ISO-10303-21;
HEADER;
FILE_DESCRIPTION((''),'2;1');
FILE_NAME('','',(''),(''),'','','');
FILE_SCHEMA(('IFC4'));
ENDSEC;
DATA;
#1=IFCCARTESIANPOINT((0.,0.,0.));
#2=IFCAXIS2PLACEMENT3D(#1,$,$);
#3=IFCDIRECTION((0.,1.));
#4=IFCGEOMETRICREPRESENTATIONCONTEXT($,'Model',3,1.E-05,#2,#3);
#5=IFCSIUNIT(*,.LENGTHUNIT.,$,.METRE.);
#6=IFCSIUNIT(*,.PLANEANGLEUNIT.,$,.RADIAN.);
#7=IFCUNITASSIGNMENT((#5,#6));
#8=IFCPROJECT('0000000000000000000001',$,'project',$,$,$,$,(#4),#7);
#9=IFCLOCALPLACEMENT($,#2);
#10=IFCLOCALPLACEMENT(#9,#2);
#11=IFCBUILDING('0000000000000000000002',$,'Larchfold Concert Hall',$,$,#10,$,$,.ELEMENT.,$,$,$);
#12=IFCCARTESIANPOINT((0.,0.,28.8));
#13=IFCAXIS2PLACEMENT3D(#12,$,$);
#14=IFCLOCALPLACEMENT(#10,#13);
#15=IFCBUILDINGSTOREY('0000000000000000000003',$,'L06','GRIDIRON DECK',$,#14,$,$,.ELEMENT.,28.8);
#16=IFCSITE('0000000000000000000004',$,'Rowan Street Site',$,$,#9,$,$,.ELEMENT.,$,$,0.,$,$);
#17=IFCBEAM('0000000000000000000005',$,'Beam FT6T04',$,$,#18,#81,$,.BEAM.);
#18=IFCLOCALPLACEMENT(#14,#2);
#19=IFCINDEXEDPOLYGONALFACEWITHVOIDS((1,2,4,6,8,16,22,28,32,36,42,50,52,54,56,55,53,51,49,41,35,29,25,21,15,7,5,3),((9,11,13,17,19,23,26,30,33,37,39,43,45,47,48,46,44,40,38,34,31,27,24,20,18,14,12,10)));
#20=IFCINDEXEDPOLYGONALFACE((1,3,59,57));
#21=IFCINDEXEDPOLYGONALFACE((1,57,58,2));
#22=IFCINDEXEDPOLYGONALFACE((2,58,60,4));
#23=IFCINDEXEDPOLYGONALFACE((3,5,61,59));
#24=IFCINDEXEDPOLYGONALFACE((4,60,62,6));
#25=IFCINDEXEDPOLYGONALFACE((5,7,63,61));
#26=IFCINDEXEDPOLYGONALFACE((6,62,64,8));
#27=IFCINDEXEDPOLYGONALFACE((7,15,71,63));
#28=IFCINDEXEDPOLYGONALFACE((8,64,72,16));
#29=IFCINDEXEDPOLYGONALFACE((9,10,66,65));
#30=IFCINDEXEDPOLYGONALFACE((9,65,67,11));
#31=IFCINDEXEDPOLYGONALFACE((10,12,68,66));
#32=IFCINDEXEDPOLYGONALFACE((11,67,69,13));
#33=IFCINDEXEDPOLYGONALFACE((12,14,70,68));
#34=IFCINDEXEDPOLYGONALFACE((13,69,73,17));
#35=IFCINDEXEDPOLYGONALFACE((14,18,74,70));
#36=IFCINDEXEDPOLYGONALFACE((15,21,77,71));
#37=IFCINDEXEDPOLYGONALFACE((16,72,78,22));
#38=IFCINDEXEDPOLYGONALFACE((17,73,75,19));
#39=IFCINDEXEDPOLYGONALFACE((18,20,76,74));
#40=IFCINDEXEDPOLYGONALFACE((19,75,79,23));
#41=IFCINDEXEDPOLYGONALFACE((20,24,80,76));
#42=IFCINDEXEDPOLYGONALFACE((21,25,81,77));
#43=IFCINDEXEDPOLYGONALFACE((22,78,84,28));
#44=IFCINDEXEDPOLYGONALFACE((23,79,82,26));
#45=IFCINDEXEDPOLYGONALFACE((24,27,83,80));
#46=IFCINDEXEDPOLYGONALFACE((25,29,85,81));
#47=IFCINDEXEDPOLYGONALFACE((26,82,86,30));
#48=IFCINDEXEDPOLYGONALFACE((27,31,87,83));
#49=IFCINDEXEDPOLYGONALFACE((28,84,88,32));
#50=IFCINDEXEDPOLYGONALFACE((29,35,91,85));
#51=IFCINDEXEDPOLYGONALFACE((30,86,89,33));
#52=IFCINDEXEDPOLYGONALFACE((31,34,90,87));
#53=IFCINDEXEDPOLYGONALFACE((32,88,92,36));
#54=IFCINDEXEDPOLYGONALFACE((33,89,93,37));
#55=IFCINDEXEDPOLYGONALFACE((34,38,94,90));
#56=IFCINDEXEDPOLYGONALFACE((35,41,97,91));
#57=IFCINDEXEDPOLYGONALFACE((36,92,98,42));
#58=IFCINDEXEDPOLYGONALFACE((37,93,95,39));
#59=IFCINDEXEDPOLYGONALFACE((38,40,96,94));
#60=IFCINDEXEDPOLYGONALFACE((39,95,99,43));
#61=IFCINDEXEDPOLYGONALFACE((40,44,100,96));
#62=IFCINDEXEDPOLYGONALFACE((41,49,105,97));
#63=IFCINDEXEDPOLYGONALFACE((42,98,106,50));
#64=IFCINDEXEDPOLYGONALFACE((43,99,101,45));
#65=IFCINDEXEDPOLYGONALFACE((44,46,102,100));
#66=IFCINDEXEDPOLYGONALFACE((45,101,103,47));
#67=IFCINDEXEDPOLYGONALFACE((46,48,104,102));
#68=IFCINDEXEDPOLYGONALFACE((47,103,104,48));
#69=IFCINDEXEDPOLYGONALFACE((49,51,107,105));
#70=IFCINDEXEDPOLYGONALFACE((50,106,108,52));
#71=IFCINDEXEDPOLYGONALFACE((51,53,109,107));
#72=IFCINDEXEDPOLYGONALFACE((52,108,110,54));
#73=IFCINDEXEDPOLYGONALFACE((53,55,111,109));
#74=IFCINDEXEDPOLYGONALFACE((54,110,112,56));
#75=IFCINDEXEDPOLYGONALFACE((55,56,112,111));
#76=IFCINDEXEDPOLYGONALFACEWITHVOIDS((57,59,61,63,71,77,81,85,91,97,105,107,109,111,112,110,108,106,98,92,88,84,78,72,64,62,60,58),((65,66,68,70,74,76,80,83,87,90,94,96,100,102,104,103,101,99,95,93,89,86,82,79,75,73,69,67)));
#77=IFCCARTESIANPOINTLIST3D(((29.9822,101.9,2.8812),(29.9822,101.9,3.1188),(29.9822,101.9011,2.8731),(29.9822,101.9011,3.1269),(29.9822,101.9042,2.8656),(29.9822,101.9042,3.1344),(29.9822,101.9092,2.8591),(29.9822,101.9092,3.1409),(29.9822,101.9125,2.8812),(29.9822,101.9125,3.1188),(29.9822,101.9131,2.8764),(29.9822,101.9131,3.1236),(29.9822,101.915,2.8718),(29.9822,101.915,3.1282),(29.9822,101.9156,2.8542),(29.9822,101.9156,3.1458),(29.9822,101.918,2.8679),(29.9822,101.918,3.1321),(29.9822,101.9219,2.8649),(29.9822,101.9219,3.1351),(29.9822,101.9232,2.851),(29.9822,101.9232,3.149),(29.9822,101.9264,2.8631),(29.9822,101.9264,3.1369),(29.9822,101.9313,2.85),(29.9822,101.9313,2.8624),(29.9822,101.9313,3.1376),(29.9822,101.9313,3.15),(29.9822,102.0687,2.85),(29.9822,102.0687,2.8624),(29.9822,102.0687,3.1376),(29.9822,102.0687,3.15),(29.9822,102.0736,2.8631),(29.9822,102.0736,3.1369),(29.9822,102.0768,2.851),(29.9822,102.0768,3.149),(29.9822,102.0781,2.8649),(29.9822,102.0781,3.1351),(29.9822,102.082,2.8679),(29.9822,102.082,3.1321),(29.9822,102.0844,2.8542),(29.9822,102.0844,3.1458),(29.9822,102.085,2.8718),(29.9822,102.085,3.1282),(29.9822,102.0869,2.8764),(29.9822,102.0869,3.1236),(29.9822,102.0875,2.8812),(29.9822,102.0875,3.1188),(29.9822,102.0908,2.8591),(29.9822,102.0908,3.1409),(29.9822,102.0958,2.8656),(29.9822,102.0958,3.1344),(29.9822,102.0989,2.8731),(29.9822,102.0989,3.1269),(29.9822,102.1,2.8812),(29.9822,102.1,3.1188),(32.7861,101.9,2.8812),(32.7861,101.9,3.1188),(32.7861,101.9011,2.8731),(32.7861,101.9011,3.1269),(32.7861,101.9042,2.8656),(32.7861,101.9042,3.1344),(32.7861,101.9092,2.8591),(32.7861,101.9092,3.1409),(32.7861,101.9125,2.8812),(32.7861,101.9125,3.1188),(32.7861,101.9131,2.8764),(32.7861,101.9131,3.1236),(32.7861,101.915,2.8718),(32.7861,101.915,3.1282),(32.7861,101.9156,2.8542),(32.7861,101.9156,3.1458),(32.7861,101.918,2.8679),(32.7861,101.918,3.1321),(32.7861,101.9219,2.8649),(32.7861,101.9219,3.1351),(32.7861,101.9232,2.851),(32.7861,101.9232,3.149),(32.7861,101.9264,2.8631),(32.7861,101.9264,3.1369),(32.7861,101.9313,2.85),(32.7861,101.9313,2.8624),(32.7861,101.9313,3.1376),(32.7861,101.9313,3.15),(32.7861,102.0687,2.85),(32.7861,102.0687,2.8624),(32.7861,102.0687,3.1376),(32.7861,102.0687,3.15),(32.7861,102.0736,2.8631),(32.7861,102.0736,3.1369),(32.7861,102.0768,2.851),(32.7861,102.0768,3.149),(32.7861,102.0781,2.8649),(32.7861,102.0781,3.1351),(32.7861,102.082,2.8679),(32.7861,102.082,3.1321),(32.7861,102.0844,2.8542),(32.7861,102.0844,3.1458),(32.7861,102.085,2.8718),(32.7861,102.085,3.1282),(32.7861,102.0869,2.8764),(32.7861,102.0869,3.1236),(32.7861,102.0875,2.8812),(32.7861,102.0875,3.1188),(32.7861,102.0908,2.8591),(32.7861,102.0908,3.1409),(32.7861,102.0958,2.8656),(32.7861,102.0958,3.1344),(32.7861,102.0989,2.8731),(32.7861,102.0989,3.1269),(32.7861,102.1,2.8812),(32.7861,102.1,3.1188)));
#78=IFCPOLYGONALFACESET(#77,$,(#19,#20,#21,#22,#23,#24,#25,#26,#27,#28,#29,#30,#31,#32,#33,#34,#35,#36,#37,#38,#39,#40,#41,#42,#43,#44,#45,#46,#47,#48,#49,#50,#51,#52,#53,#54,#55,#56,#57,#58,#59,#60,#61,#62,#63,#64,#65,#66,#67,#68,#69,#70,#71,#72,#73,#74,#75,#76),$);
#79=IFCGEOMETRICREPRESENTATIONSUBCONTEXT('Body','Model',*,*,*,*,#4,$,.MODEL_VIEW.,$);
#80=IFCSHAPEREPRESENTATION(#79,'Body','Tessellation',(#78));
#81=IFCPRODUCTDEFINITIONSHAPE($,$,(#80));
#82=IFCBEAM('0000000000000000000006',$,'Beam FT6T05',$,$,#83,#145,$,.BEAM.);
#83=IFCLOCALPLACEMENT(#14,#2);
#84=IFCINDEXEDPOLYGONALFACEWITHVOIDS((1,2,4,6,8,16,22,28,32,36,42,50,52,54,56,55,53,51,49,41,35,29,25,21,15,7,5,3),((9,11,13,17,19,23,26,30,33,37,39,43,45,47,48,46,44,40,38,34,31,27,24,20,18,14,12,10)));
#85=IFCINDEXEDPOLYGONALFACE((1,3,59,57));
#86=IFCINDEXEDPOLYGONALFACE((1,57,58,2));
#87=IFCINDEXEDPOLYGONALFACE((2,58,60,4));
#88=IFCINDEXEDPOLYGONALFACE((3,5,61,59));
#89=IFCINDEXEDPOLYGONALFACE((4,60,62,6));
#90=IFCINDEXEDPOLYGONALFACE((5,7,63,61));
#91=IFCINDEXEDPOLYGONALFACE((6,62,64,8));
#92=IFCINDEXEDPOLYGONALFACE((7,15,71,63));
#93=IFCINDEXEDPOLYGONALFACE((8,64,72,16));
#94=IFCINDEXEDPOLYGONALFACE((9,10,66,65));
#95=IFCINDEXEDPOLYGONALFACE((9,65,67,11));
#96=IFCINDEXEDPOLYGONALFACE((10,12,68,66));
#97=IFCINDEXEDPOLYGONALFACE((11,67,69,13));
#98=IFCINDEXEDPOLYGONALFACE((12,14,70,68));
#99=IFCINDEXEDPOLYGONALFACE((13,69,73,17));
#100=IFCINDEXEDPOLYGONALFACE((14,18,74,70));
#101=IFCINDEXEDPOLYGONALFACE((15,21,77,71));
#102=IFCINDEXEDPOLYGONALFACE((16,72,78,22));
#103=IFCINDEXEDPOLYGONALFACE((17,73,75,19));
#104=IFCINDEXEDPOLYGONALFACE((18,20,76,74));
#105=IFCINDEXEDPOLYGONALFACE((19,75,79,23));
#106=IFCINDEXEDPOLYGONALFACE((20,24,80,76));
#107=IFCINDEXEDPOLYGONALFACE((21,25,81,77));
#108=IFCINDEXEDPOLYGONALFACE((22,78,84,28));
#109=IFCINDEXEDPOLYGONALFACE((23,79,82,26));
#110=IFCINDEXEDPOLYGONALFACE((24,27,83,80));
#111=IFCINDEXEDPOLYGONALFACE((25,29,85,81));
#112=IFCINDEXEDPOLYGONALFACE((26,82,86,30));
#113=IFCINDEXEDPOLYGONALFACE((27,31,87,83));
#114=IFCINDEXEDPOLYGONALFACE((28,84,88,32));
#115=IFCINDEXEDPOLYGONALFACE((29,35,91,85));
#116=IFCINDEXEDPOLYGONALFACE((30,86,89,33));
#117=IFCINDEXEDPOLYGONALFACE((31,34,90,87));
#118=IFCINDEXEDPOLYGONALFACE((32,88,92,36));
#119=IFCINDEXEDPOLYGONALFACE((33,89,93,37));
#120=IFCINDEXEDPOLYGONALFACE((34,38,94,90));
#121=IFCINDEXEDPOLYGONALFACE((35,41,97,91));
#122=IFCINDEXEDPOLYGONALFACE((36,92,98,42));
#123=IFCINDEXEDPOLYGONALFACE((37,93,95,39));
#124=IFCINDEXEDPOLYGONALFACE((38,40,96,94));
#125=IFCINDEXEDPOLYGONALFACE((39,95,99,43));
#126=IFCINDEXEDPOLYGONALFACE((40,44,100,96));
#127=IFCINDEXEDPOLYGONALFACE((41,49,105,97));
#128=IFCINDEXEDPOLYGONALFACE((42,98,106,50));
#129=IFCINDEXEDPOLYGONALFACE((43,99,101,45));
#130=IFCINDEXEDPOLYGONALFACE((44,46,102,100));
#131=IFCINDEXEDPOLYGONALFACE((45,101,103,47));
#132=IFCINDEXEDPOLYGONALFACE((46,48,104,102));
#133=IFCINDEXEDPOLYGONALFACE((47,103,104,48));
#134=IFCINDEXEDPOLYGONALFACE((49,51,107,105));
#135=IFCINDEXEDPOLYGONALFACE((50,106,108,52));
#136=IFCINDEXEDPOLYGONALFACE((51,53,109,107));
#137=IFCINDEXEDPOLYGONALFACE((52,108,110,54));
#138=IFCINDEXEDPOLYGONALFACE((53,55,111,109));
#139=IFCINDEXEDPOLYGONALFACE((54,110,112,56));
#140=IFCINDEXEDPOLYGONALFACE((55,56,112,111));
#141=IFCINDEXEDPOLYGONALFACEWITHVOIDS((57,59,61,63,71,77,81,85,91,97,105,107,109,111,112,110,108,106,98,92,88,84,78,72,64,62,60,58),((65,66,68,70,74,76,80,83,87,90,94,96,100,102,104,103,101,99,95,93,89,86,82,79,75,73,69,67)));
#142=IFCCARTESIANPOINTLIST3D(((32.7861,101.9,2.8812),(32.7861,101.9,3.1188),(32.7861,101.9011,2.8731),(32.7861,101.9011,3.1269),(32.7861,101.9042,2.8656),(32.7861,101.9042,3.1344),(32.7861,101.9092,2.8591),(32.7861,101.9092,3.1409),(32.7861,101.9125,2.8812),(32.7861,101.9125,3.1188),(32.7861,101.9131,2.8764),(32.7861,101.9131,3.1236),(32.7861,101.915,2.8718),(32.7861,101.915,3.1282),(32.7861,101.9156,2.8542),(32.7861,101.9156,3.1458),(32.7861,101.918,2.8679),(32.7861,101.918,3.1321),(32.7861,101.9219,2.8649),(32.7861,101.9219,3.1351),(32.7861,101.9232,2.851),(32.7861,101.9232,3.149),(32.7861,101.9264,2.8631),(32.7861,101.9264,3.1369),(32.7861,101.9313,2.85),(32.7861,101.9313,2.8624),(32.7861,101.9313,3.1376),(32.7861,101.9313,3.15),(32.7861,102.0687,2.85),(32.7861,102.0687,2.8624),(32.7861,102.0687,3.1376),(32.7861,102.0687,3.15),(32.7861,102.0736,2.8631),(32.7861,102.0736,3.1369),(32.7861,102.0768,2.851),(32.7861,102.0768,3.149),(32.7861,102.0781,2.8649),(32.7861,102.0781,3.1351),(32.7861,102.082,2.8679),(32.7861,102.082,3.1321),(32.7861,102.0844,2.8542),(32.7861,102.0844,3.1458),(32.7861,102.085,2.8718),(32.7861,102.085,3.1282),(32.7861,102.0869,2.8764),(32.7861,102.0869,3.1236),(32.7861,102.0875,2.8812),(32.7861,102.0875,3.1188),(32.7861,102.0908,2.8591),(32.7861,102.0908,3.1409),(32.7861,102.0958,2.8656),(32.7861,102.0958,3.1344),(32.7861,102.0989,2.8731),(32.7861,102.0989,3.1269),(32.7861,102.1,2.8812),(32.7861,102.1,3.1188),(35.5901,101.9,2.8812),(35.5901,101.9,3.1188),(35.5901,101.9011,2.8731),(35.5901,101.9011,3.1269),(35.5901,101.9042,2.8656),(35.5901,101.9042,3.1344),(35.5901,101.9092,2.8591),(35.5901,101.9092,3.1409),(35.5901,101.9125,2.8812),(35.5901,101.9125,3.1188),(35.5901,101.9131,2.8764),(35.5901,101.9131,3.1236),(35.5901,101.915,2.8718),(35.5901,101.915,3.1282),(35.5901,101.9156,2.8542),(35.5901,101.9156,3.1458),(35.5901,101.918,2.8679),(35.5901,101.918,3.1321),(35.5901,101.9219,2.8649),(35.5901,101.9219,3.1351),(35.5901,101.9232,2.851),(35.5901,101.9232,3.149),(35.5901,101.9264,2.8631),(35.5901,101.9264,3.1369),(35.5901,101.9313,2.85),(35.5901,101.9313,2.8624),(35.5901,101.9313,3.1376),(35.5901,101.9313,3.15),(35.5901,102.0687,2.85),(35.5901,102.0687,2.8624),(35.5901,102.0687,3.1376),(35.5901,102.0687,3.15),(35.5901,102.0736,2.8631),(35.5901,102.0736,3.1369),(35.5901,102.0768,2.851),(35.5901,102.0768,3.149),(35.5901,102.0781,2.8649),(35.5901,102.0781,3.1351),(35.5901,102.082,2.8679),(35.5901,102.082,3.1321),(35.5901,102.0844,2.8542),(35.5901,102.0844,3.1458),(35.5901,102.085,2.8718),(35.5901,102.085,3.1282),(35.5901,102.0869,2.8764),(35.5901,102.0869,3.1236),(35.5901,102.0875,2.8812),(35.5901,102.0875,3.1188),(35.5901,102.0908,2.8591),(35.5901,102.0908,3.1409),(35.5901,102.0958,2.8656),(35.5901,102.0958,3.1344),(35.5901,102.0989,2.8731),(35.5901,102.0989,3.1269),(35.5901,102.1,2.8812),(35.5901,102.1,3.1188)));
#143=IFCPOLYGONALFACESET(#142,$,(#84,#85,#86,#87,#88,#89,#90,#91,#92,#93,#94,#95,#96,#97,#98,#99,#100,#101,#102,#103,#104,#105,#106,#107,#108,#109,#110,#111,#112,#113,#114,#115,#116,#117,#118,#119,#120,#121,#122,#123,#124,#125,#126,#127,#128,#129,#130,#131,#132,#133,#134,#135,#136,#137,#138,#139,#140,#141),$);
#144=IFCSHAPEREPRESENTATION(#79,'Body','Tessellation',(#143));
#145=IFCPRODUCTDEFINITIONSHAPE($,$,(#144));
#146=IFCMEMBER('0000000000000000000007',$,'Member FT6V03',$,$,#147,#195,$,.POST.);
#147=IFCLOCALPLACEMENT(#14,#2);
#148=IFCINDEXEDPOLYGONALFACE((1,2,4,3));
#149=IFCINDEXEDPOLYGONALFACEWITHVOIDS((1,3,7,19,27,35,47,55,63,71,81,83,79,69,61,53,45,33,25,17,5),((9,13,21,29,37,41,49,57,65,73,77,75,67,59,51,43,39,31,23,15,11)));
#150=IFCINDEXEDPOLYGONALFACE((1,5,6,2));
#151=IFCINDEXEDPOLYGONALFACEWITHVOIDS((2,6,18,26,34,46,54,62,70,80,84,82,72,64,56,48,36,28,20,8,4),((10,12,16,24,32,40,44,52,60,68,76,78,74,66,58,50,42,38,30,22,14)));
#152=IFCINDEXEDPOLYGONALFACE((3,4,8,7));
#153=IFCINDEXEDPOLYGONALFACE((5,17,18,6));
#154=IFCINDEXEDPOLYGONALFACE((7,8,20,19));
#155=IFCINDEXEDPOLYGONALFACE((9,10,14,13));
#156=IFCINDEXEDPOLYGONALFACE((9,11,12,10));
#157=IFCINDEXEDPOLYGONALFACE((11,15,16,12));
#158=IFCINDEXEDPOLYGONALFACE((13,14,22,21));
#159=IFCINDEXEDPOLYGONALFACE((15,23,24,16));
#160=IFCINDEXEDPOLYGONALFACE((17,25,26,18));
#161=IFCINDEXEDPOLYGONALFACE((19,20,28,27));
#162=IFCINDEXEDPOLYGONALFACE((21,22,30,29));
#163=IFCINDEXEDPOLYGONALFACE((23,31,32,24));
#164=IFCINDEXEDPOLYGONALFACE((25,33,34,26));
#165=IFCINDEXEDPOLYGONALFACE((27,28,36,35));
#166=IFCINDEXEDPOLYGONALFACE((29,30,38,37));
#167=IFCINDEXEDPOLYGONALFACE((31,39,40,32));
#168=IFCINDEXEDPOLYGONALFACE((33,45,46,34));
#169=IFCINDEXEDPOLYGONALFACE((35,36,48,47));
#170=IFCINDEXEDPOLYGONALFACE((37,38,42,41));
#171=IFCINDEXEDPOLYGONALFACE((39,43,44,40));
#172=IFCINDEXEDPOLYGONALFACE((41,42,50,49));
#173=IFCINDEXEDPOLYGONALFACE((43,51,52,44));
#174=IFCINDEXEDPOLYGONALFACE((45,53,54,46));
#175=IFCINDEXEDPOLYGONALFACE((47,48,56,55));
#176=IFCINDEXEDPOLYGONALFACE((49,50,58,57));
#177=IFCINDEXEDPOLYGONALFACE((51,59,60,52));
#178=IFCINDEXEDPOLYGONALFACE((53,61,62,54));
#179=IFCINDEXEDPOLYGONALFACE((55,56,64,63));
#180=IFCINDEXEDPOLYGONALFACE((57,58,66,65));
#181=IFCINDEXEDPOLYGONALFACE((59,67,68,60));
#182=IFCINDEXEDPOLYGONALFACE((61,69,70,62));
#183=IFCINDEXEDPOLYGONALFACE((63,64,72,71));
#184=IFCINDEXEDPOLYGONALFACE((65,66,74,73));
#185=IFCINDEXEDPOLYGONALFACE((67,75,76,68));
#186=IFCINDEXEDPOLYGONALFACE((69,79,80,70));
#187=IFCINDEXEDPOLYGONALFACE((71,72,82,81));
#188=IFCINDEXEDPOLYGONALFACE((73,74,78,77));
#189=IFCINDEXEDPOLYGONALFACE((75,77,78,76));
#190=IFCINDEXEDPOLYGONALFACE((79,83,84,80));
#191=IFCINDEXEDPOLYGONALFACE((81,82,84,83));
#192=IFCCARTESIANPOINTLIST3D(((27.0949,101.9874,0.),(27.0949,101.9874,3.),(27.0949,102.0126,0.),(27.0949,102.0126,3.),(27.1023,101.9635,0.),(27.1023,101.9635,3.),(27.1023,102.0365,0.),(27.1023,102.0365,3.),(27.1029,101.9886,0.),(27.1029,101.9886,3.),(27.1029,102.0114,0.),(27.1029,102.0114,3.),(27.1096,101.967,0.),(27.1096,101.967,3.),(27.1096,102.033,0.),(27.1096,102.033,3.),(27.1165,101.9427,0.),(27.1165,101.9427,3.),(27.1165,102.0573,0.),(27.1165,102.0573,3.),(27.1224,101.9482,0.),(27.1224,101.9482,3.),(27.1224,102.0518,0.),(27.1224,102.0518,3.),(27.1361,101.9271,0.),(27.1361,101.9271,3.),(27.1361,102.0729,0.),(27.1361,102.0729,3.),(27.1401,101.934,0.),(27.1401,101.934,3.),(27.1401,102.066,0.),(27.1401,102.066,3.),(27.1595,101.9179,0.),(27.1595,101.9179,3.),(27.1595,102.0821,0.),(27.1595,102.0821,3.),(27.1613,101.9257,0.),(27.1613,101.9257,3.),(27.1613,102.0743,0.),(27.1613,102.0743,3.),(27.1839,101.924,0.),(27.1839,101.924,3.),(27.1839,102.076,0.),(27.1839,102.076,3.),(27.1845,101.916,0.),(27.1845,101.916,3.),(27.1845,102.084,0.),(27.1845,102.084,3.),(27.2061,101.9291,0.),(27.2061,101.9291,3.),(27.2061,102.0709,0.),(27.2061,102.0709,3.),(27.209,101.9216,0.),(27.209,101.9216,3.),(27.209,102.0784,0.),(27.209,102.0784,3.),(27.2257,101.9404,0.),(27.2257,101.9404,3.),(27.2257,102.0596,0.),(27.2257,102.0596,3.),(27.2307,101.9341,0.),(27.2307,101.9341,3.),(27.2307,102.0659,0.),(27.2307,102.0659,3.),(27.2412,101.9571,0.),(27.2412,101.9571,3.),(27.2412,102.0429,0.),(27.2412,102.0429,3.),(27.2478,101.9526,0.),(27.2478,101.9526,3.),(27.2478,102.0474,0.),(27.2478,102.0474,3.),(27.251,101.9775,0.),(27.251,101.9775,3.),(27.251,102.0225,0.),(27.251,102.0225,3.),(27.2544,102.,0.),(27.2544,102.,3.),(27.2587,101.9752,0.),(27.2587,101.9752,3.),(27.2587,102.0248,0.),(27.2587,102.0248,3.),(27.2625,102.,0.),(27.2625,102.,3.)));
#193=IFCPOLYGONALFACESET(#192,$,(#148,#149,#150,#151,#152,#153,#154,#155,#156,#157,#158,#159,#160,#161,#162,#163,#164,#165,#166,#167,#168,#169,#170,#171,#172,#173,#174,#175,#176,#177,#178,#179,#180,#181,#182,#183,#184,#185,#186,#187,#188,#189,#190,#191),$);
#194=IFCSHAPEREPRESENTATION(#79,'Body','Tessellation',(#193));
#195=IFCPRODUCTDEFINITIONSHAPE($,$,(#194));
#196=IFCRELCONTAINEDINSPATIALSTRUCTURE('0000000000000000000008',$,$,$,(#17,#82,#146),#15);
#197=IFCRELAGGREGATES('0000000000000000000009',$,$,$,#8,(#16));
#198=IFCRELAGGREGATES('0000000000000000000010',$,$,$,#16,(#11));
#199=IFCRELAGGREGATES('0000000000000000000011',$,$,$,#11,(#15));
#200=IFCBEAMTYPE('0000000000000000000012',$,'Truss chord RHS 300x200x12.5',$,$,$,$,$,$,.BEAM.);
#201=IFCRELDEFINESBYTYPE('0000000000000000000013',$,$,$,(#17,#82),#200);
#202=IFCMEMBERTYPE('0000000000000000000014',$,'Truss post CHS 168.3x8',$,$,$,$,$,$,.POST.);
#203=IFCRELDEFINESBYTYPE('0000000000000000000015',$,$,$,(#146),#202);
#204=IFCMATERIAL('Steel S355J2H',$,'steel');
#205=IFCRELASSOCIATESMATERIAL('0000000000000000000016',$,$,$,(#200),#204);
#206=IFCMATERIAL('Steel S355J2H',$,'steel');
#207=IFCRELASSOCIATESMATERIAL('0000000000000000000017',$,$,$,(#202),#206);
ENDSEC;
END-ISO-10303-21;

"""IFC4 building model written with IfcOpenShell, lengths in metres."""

from ifc_helpers import new_model, si_unit, direction, frame, origin, origin_2d, place, context, subcontext, project, spatial, hollow_rectangle, hollow_circle, extrude, material, material_profile, profile_set, type_object, element, save


model = new_model("IFC4")

# Units and contexts
model_context = context("Model", 3, precision=1e-05, world=origin(), true_north=direction((0.0, 1.0)))
body_context = subcontext(model_context, "Body", "Model", "MODEL_VIEW")
ifc_project = project(units=[si_unit("LENGTHUNIT", "METRE"), si_unit("PLANEANGLEUNIT", "RADIAN")], contexts=[model_context])

# Site, building, storey
site_placement = place(None, origin())
site = spatial("IfcSite", under=ifc_project, at=site_placement, Name="Rowan Street Site", CompositionType="ELEMENT", RefElevation=0.0)
building_placement = place(site_placement, origin())
building = spatial("IfcBuilding", under=site, at=building_placement, Name="Larchfold Concert Hall", CompositionType="ELEMENT")
storey_placement = place(building_placement, frame((0.0, 0.0, 28.8)))
storey = spatial("IfcBuildingStorey", under=building, at=storey_placement, Name="L06", Description="GRIDIRON DECK", CompositionType="ELEMENT", Elevation=28.8)

# Beams
ifc_material_1 = material(Name="Steel S355J2H", Category="steel")
ifc_material_profile_1 = material_profile(ifc_material_1, hollow_rectangle(XDim=0.2, YDim=0.3, WallThickness=0.0125, InnerFilletRadius=0.0188, OuterFilletRadius=0.0312, at=origin_2d()))
ifc_profile_set_1 = profile_set([ifc_material_profile_1], Name="Steel S355J2H")
beam_type_1 = type_object("IfcBeamType", Name="Truss chord RHS 300x200x12.5", PredefinedType="BEAM", material=ifc_profile_set_1)
for number, where, z_axis, x_axis, name in (
    (1, (29.9822, 102.0, 3.0), (1.0, 0.0, 0.0), (0.0, 1.0, 0.0), "Beam FT6T04"),
    (2, (32.7861, 102.0, 3.0), (1.0, 0.0, 0.0), (0.0, 1.0, 0.0), "Beam FT6T05"),
):
    element("IfcBeam", number, at=place(storey_placement, frame(where, z_axis=z_axis, x_axis=x_axis)), inside=storey, type_object=beam_type_1, Name=name, PredefinedType="BEAM", context=body_context, shape_type="SweptSolid", body=[
        extrude(hollow_rectangle(XDim=0.2, YDim=0.3, WallThickness=0.0125, InnerFilletRadius=0.0188, OuterFilletRadius=0.0312, at=origin_2d()), origin(), (0.0, 0.0, 1.0), 2.804),
    ])

# Member
ifc_material_2 = material(Name="Steel S355J2H", Category="steel")
ifc_material_profile_2 = material_profile(ifc_material_2, hollow_circle(Radius=0.0842, WallThickness=0.0081, at=origin_2d()))
ifc_profile_set_2 = profile_set([ifc_material_profile_2], Name="Steel S355J2H")
member_type_1 = type_object("IfcMemberType", Name="Truss post CHS 168.3x8", PredefinedType="POST", material=ifc_profile_set_2)
for number, where, z_axis, x_axis, name in (
    (3, (27.1782, 102.0, 3.0), (0.0, 0.0, -1.0), (1.0, 0.0, 0.0), "Member FT6V03"),
):
    element("IfcMember", number, at=place(storey_placement, frame(where, z_axis=z_axis, x_axis=x_axis)), inside=storey, type_object=member_type_1, Name=name, PredefinedType="POST", context=body_context, shape_type="SweptSolid", body=[
        extrude(hollow_circle(Radius=0.0842, WallThickness=0.0081, at=origin_2d()), origin(), (0.0, 0.0, 1.0), 3.0),
    ])

save(model, "model.ifc")
